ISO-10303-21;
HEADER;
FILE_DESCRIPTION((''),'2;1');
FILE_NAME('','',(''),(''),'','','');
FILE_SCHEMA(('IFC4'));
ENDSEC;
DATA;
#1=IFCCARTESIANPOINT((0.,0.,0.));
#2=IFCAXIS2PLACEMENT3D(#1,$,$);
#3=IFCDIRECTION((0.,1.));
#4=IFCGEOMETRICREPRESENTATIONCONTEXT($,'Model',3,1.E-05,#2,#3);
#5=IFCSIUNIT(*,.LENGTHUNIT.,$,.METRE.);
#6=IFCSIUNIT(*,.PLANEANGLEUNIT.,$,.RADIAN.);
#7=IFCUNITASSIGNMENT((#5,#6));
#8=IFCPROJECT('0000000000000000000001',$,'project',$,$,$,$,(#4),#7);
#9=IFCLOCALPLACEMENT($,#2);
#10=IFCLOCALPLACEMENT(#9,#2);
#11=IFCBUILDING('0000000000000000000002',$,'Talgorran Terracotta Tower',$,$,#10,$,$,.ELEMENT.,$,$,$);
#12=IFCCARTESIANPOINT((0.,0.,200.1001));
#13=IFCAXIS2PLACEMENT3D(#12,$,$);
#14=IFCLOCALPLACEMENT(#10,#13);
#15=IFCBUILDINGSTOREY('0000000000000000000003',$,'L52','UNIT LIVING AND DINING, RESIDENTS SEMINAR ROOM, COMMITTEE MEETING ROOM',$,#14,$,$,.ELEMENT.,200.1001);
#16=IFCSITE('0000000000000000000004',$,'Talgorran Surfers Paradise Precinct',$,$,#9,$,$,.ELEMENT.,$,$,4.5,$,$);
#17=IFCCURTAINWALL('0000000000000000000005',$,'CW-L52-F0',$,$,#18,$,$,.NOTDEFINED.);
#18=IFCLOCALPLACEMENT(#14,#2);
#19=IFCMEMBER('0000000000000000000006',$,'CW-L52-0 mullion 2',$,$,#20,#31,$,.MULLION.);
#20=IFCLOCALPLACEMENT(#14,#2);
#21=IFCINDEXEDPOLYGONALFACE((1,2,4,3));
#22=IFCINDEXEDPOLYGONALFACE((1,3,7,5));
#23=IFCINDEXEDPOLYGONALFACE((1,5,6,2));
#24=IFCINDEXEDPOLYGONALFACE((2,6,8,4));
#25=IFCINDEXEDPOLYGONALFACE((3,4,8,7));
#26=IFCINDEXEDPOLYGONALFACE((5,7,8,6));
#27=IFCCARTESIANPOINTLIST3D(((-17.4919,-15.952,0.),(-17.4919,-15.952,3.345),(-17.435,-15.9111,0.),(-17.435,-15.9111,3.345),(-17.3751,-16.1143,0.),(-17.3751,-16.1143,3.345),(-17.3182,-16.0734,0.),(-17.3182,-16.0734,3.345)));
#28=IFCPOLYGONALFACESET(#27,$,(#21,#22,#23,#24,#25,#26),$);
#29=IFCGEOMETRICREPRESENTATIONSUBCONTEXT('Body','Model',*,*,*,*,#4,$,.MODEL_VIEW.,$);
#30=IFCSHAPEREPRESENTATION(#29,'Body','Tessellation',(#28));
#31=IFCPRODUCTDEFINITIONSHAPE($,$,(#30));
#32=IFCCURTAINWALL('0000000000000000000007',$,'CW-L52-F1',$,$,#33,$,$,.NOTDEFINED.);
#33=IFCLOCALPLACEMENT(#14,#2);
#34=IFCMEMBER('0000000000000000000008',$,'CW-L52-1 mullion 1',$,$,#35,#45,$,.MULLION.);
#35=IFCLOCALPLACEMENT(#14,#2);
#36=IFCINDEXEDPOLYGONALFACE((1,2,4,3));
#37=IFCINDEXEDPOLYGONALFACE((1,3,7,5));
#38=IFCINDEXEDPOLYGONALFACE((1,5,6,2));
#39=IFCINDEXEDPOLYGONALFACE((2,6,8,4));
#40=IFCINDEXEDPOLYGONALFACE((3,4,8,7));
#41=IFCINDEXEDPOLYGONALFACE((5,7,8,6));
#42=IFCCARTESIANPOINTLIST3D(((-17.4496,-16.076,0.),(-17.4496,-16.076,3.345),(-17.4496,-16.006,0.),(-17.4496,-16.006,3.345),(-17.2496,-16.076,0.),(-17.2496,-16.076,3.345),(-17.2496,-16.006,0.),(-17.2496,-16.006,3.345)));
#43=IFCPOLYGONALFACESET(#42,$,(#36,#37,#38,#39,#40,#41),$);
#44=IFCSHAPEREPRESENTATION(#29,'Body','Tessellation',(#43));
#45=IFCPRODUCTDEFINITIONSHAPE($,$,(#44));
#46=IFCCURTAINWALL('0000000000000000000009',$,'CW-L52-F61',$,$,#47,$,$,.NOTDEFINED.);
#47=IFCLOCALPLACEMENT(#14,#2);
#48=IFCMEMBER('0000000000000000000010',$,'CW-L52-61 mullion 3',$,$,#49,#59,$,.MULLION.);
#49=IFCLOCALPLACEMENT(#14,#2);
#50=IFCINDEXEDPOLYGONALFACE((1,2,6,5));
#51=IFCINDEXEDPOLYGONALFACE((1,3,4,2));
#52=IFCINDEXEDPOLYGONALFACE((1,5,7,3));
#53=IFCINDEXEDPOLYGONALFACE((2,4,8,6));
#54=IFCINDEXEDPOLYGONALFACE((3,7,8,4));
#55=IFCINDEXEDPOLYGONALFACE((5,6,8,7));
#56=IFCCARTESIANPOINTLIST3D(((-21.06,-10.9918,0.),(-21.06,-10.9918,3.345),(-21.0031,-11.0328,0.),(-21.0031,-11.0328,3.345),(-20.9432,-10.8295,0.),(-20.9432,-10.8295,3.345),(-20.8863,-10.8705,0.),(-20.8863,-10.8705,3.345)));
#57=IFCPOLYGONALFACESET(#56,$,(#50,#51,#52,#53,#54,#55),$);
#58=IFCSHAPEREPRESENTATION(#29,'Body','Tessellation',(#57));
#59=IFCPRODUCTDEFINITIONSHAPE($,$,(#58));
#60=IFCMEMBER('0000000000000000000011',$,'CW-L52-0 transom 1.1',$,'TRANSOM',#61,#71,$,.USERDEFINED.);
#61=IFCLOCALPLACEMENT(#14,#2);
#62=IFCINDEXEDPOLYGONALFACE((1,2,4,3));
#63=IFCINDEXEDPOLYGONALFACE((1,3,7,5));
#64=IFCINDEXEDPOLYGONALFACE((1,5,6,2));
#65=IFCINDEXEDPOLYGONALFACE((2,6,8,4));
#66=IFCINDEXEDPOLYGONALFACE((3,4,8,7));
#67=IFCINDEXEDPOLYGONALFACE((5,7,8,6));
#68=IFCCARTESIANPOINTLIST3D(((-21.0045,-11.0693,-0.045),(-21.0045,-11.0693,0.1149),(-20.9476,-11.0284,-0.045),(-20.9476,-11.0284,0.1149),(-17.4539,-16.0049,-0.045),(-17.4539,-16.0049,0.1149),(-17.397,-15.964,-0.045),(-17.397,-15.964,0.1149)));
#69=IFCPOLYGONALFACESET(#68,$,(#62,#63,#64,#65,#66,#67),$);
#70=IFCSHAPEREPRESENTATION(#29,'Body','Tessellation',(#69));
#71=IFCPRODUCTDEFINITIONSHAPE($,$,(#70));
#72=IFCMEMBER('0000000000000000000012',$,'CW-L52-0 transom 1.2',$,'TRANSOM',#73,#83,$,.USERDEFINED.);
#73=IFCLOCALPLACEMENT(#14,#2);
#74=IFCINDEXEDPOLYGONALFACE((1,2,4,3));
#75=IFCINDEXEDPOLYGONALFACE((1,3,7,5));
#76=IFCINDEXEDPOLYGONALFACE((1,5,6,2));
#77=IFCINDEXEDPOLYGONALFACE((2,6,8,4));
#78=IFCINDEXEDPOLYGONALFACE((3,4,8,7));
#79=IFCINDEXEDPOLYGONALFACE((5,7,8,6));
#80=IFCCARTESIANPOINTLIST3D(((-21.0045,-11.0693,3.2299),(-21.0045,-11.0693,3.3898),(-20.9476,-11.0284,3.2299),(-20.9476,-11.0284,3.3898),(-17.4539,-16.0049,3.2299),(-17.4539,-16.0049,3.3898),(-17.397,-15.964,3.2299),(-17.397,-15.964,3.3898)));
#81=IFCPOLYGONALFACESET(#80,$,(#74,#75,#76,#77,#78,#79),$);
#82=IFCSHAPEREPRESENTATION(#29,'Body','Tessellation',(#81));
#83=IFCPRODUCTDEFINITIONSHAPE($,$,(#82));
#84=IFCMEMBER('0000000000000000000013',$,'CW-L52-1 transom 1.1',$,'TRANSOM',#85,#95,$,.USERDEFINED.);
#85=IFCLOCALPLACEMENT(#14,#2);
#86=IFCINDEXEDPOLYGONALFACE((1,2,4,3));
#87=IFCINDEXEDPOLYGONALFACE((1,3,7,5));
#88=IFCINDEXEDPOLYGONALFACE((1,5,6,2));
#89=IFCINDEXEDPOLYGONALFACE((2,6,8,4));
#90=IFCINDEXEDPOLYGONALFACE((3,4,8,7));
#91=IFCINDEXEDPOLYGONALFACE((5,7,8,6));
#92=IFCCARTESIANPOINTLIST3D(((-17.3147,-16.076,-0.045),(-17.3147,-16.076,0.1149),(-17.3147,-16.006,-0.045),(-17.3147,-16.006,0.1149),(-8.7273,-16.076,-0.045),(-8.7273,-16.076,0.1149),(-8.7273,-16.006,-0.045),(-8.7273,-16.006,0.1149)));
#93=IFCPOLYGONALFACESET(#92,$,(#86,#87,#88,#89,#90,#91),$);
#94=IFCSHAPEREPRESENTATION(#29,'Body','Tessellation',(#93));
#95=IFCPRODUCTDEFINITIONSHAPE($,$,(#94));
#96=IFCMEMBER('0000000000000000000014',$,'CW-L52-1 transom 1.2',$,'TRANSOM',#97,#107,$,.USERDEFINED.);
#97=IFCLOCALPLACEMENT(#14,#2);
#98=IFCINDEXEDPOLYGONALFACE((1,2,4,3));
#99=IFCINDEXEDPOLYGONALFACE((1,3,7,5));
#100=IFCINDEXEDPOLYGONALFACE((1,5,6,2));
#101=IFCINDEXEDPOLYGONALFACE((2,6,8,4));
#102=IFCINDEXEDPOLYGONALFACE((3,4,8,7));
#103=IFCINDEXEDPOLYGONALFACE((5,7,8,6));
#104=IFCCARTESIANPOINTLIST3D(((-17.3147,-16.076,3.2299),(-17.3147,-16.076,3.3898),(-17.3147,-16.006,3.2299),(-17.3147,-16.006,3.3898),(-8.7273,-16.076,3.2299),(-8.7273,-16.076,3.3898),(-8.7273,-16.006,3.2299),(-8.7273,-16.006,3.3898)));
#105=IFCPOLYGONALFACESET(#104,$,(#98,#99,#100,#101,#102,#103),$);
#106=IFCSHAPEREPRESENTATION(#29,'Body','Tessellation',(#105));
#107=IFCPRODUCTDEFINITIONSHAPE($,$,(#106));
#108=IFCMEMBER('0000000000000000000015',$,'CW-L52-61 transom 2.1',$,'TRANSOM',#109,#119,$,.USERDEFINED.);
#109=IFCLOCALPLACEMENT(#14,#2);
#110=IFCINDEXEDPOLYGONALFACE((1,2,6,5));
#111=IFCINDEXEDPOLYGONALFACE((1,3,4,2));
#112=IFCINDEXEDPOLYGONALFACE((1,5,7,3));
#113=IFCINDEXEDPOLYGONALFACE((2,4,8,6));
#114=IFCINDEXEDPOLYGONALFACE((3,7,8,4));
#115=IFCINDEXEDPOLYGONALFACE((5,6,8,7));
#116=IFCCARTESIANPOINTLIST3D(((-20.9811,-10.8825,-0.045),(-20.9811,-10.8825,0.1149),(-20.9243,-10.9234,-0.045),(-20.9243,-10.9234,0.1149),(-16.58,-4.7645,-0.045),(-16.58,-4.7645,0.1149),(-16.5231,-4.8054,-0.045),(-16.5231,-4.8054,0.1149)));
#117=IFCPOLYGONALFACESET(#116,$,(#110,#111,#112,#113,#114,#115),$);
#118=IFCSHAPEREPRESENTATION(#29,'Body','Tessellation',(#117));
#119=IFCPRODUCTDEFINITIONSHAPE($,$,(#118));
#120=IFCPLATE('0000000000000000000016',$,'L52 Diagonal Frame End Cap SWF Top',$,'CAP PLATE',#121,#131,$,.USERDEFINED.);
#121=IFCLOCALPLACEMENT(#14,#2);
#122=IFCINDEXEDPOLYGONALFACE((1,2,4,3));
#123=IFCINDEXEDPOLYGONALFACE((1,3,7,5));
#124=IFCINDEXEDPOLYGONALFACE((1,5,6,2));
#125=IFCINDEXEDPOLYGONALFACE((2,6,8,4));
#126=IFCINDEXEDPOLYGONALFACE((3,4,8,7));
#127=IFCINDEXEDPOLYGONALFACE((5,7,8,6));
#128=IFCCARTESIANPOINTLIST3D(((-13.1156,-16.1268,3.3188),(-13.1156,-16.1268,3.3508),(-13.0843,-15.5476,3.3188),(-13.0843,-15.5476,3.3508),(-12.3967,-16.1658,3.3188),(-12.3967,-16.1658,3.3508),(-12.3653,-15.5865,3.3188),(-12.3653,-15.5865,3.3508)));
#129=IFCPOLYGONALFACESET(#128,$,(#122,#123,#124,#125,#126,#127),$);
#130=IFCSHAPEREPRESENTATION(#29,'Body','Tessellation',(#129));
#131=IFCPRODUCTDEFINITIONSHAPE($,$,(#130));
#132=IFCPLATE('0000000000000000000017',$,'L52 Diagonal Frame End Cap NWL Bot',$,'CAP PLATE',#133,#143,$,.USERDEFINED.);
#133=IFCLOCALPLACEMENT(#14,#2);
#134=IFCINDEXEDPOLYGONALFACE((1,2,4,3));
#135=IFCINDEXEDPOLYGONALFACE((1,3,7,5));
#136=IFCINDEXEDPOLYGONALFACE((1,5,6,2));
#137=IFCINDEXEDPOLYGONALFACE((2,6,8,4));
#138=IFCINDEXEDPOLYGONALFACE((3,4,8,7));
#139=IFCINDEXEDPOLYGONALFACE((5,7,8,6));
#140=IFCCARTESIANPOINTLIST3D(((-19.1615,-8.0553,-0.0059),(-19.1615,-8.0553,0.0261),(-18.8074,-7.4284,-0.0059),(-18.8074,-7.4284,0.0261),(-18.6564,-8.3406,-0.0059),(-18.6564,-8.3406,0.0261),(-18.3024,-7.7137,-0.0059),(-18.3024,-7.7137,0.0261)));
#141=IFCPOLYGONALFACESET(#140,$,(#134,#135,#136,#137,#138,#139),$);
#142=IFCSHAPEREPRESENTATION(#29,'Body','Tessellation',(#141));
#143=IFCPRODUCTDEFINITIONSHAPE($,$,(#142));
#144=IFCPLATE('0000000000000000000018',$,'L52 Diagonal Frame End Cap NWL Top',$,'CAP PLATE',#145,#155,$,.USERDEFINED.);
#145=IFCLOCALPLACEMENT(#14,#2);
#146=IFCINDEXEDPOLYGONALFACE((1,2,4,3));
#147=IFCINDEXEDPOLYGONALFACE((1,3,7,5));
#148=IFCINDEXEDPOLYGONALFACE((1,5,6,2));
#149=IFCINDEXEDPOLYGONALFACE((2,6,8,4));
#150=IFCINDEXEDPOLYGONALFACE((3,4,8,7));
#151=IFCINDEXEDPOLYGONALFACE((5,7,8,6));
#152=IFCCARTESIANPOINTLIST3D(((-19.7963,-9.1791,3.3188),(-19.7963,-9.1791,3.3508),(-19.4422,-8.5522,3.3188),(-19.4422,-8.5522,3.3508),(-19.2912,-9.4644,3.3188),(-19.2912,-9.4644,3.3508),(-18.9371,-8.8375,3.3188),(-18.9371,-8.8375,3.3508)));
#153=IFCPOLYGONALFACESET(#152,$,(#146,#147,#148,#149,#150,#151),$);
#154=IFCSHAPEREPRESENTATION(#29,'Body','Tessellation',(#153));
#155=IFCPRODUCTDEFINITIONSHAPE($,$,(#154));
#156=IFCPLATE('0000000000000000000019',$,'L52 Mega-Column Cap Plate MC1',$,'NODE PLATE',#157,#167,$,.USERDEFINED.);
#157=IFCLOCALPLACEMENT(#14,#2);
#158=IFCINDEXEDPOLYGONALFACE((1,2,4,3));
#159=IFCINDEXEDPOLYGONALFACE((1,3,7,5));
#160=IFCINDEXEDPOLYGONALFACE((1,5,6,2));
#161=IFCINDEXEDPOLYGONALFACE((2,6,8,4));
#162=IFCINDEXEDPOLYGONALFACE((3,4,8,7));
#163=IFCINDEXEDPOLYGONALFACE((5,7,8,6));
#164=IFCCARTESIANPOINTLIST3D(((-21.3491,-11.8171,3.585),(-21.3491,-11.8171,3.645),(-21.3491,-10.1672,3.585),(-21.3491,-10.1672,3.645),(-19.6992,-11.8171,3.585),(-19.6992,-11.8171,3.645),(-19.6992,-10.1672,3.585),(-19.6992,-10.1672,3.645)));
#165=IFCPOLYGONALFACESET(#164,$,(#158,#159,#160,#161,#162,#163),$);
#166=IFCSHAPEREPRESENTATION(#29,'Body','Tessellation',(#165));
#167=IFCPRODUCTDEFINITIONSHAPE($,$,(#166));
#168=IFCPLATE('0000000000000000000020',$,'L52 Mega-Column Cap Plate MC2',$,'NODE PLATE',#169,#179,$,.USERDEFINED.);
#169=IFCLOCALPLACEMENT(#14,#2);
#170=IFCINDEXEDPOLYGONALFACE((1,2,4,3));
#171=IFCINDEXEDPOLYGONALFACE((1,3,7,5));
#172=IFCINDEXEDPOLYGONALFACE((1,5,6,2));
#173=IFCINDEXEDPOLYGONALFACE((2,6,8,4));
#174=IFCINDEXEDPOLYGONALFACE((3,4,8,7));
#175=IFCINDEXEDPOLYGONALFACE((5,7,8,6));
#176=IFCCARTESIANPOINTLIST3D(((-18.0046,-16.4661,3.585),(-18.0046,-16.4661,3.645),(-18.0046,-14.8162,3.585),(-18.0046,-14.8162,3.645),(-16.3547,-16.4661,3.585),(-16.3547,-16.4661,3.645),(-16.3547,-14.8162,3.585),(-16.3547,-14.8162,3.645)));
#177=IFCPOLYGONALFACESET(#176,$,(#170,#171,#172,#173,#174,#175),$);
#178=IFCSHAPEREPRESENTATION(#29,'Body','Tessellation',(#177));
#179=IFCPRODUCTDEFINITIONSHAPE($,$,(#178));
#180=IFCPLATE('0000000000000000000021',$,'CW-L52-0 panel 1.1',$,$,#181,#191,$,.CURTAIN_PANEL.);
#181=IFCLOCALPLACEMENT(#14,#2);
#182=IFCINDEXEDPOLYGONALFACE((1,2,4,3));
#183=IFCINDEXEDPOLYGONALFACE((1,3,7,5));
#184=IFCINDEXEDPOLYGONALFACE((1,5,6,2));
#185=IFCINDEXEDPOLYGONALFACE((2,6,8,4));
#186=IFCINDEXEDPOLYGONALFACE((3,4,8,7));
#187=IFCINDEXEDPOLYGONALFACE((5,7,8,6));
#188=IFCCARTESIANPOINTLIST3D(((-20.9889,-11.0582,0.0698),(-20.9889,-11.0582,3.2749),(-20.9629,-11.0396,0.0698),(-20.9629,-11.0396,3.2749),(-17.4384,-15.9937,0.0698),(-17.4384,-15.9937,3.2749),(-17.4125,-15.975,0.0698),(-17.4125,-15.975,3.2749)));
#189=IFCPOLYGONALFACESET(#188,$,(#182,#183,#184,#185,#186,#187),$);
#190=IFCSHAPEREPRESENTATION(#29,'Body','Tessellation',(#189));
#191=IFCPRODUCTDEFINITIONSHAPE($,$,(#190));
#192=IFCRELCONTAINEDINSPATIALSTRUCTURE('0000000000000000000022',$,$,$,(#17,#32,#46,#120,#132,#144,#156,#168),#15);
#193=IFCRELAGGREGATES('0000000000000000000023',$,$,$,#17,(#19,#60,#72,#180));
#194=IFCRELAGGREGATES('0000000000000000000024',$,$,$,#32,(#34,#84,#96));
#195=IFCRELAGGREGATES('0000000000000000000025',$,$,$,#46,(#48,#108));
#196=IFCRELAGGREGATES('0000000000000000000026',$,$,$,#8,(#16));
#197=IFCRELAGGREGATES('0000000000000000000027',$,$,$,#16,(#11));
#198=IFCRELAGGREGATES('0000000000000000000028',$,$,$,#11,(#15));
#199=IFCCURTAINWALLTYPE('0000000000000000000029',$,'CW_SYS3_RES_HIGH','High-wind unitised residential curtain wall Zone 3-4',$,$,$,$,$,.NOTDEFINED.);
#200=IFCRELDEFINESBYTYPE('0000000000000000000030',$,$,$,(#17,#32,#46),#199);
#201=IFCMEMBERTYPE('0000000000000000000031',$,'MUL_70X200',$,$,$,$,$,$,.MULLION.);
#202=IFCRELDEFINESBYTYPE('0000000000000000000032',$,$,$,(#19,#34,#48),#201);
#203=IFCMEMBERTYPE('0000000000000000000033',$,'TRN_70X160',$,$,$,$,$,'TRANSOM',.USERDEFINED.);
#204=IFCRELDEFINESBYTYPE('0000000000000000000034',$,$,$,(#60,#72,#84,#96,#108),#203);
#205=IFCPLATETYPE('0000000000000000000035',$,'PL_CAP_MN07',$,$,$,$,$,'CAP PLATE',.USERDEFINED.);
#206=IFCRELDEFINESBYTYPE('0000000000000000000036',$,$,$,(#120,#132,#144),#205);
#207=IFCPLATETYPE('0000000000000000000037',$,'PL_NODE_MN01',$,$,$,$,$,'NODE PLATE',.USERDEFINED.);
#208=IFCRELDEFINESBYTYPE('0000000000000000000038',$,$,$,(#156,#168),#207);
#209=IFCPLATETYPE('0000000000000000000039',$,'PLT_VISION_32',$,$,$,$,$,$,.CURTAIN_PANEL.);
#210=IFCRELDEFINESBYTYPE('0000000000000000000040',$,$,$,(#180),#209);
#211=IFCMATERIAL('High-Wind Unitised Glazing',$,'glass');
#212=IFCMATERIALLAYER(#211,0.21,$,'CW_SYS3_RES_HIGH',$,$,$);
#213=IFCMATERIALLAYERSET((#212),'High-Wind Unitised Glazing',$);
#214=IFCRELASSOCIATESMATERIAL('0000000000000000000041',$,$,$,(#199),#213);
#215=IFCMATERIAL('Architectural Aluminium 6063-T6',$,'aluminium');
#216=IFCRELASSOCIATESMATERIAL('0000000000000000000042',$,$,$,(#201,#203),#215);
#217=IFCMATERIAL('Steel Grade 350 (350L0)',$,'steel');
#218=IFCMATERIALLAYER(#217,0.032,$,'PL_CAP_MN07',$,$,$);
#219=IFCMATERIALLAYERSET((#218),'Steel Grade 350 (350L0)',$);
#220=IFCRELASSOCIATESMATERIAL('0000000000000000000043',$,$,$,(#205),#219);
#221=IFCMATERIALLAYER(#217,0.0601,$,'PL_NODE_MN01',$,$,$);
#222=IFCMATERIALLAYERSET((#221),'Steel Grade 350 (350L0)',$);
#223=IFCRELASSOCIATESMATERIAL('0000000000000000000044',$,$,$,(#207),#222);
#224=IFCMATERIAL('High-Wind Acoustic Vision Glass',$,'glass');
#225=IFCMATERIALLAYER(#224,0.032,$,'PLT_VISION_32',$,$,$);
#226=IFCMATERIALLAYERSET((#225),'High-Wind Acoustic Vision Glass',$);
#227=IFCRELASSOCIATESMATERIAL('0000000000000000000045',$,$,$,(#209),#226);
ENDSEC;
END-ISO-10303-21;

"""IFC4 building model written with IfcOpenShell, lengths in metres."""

from ifc_helpers import new_model, si_unit, direction, frame, origin, origin_2d, place, context, subcontext, project, spatial, rectangle, extrude, source, transform, mapped, material, layer, layer_set, material_profile, profile_set, type_object, type_shapes, element, aggregate, save


model = new_model("IFC4")

# Units and contexts
model_context = context("Model", 3, precision=1e-05, world=origin(), true_north=direction((0.0, 1.0)))
body_context = subcontext(model_context, "Body", "Model", "MODEL_VIEW")
ifc_project = project(units=[si_unit("LENGTHUNIT", "METRE"), si_unit("PLANEANGLEUNIT", "RADIAN")], contexts=[model_context])

# Site, building, storey
site_placement = place(None, origin())
site = spatial("IfcSite", under=ifc_project, at=site_placement, Name="Talgorran Surfers Paradise Precinct", CompositionType="ELEMENT", RefElevation=4.5)
building_placement = place(site_placement, origin())
building = spatial("IfcBuilding", under=site, at=building_placement, Name="Talgorran Terracotta Tower", CompositionType="ELEMENT")
storey_placement = place(building_placement, frame((0.0, 0.0, 200.1001)))
storey = spatial("IfcBuildingStorey", under=building, at=storey_placement, Name="L52", Description="UNIT LIVING AND DINING, RESIDENTS SEMINAR ROOM, COMMITTEE MEETING ROOM", CompositionType="ELEMENT", Elevation=200.1001)

# Shared definitions
ifc_material_1 = material(Name="Steel Grade 350 (350L0)", Category="steel")

# Curtain wall, member
ifc_material_2 = material(Name="High-Wind Unitised Glazing", Category="glass")
ifc_layer_1 = layer(ifc_material_2, 0.21, Name="CW_SYS3_RES_HIGH")
ifc_layer_set_1 = layer_set([ifc_layer_1], Name="High-Wind Unitised Glazing")
curtain_wall_type = type_object("IfcCurtainWallType", Name="CW_SYS3_RES_HIGH", Description="High-wind unitised residential curtain wall Zone 3-4", PredefinedType="NOTDEFINED", material=ifc_layer_set_1)
curtain_wall_1_placement = place(storey_placement, origin())
curtain_wall_1 = element("IfcCurtainWall", 1, at=curtain_wall_1_placement, inside=storey, type_object=curtain_wall_type, Name="CW-L52-F0", PredefinedType="NOTDEFINED")
ifc_material_3 = material(Name="Architectural Aluminium 6063-T6", Category="aluminium")
ifc_material_profile_1 = material_profile(ifc_material_3, rectangle(XDim=0.0701, YDim=0.2, at=origin_2d()), Name="CWM70X200")
ifc_profile_set_1 = profile_set([ifc_material_profile_1], Name="Architectural Aluminium 6063-T6")
member_type_1 = type_object("IfcMemberType", Name="MUL_70X200", PredefinedType="MULLION", material=ifc_profile_set_1)
member_1_placement = place(storey_placement, frame((-17.405, -16.0127, 0.0), z_axis=(0.0, 0.0, 1.0), x_axis=(0.811769, 0.583979, 0.0)))
member_1 = element("IfcMember", 2, at=member_1_placement, type_object=member_type_1, Name="CW-L52-0 mullion 2", PredefinedType="MULLION", context=body_context, shape_type="SweptSolid", body=[
    extrude(rectangle(XDim=0.0701, YDim=0.2, at=origin_2d()), origin(), (0.0, 0.0, 1.0), 3.345),
])

# Curtain walls, members
curtain_wall_2_placement = place(storey_placement, origin())
curtain_wall_2 = element("IfcCurtainWall", 3, at=curtain_wall_2_placement, inside=storey, type_object=curtain_wall_type, Name="CW-L52-F1", PredefinedType="NOTDEFINED")
member_2_placement = place(storey_placement, frame((-17.3496, -16.041, 0.0), z_axis=(0.0, 0.0, 1.0), x_axis=(0.0, 1.0, 0.0)))
member_2 = element("IfcMember", 4, at=member_2_placement, type_object=member_type_1, Name="CW-L52-1 mullion 1", PredefinedType="MULLION", context=body_context, shape_type="SweptSolid", body=[
    extrude(rectangle(XDim=0.0701, YDim=0.2, at=origin_2d()), origin(), (0.0, 0.0, 1.0), 3.345),
])
curtain_wall_3_placement = place(storey_placement, origin())
curtain_wall_3 = element("IfcCurtainWall", 5, at=curtain_wall_3_placement, inside=storey, type_object=curtain_wall_type, Name="CW-L52-F61", PredefinedType="NOTDEFINED")
member_3_placement = place(storey_placement, frame((-20.9731, -10.9312, 0.0), z_axis=(0.0, 0.0, 1.0), x_axis=(0.811767, -0.583982, 0.0)))
member_3 = element("IfcMember", 6, at=member_3_placement, type_object=member_type_1, Name="CW-L52-61 mullion 3", PredefinedType="MULLION", context=body_context, shape_type="SweptSolid", body=[
    extrude(rectangle(XDim=0.0701, YDim=0.2, at=origin_2d()), origin(), (0.0, 0.0, 1.0), 3.345),
])

# Members
ifc_material_profile_2 = material_profile(ifc_material_3, rectangle(XDim=0.0701, YDim=0.1599, at=origin_2d()), Name="CWT70X160")
ifc_profile_set_2 = profile_set([ifc_material_profile_2], Name="Architectural Aluminium 6063-T6")
member_type_2 = type_object("IfcMemberType", Name="TRN_70X160", ElementType="TRANSOM", PredefinedType="USERDEFINED", material=ifc_profile_set_2)
member_4_placement = place(storey_placement, frame((-20.9761, -11.0488, 0.0349), z_axis=(0.583974, -0.811773, 0.0), x_axis=(0.811773, 0.583974, 0.0)))
member_4 = element("IfcMember", 7, at=member_4_placement, type_object=member_type_2, Name="CW-L52-0 transom 1.1", ObjectType="TRANSOM", PredefinedType="USERDEFINED", context=body_context, shape_type="SweptSolid", body=[
    extrude(rectangle(XDim=0.0701, YDim=0.1599, at=origin_2d()), origin(), (0.0, 0.0, 1.0), 6.0801),
])
member_5_placement = place(storey_placement, frame((-20.9761, -11.0488, 3.3098), z_axis=(0.583974, -0.811773, 0.0), x_axis=(0.811773, 0.583974, 0.0)))
member_5 = element("IfcMember", 8, at=member_5_placement, type_object=member_type_2, Name="CW-L52-0 transom 1.2", ObjectType="TRANSOM", PredefinedType="USERDEFINED", context=body_context, shape_type="SweptSolid", body=[
    extrude(rectangle(XDim=0.0701, YDim=0.1599, at=origin_2d()), origin(), (0.0, 0.0, 1.0), 6.0801),
])
member_6_placement = place(storey_placement, frame((-17.3147, -16.041, 0.0349), z_axis=(1.0, 0.0, 0.0), x_axis=(0.0, 1.0, 0.0)))
member_6 = element("IfcMember", 9, at=member_6_placement, type_object=member_type_2, Name="CW-L52-1 transom 1.1", ObjectType="TRANSOM", PredefinedType="USERDEFINED", context=body_context, shape_type="SweptSolid", body=[
    extrude(rectangle(XDim=0.0701, YDim=0.1599, at=origin_2d()), origin(), (0.0, 0.0, 1.0), 8.5874),
])
member_7_placement = place(storey_placement, frame((-17.3147, -16.041, 3.3098), z_axis=(1.0, 0.0, 0.0), x_axis=(0.0, 1.0, 0.0)))
member_7 = element("IfcMember", 10, at=member_7_placement, type_object=member_type_2, Name="CW-L52-1 transom 1.2", ObjectType="TRANSOM", PredefinedType="USERDEFINED", context=body_context, shape_type="SweptSolid", body=[
    extrude(rectangle(XDim=0.0701, YDim=0.1599, at=origin_2d()), origin(), (0.0, 0.0, 1.0), 8.5874),
])
member_8_placement = place(storey_placement, frame((-16.5515, -4.7849, 0.0349), z_axis=(-0.583974, -0.811772, 0.0), x_axis=(0.811772, -0.583974, 0.0)))
member_8 = element("IfcMember", 11, at=member_8_placement, type_object=member_type_2, Name="CW-L52-61 transom 2.1", ObjectType="TRANSOM", PredefinedType="USERDEFINED", context=body_context, shape_type="SweptSolid", body=[
    extrude(rectangle(XDim=0.0701, YDim=0.1599, at=origin_2d()), origin(), (0.0, 0.0, 1.0), 7.5366),
])

# Plates
ifc_layer_2 = layer(ifc_material_1, 0.032, Name="PL_CAP_MN07")
ifc_layer_set_2 = layer_set([ifc_layer_2], Name="Steel Grade 350 (350L0)")
plate_type_1 = type_object("IfcPlateType", Name="PL_CAP_MN07", ElementType="CAP PLATE", PredefinedType="USERDEFINED", material=ifc_layer_set_2)
for number, where, z_axis, x_axis, name in (
    (12, (-12.7405, -15.8567, 3.3188), (0.0, 0.0, 1.0), (-0.998537, 0.054079, 0.0), "L52 Diagonal Frame End Cap SWF Top"),
    (13, (-18.7319, -7.8845, -0.0059), (0.0, 0.0, 1.0), (-0.491816, -0.870699, 0.0), "L52 Diagonal Frame End Cap NWL Bot"),
    (14, (-19.3667, -9.0083, 3.3188), (0.0, 0.0, 1.0), (-0.491816, -0.870699, 0.0), "L52 Diagonal Frame End Cap NWL Top"),
):
    element("IfcPlate", number, at=place(storey_placement, frame(where, z_axis=z_axis, x_axis=x_axis)), inside=storey, type_object=plate_type_1, Name=name, ObjectType="CAP PLATE", PredefinedType="USERDEFINED", context=body_context, shape_type="SweptSolid", body=[
        extrude(rectangle(XDim=0.72, YDim=0.5801, at=origin_2d()), origin(), (0.0, 0.0, 1.0), 0.032),
    ])
ifc_layer_3 = layer(ifc_material_1, 0.0601, Name="PL_NODE_MN01")
ifc_layer_set_3 = layer_set([ifc_layer_3], Name="Steel Grade 350 (350L0)")
plate_type_2 = type_object("IfcPlateType", Name="PL_NODE_MN01", ElementType="NODE PLATE", PredefinedType="USERDEFINED", material=ifc_layer_set_3)
for number, where, z_axis, x_axis, name in (
    (15, (-20.5242, -10.9922, 3.585), (0.0, 0.0, 1.0), (1.0, 0.0, 0.0), "L52 Mega-Column Cap Plate MC1"),
    (16, (-17.1797, -15.6411, 3.585), (0.0, 0.0, 1.0), (1.0, 0.0, 0.0), "L52 Mega-Column Cap Plate MC2"),
):
    element("IfcPlate", number, at=place(storey_placement, frame(where, z_axis=z_axis, x_axis=x_axis)), inside=storey, type_object=plate_type_2, Name=name, ObjectType="NODE PLATE", PredefinedType="USERDEFINED", context=body_context, shape_type="SweptSolid", body=[
        extrude(rectangle(XDim=1.6499, YDim=1.6499, at=origin_2d()), origin(), (0.0, 0.0, 1.0), 0.0601),
    ])

# Plate
ifc_material_4 = material(Name="High-Wind Acoustic Vision Glass", Category="glass")
ifc_layer_4 = layer(ifc_material_4, 0.032, Name="PLT_VISION_32")
ifc_layer_set_4 = layer_set([ifc_layer_4], Name="High-Wind Acoustic Vision Glass")
plate_type_3 = type_object("IfcPlateType", Name="PLT_VISION_32", PredefinedType="CURTAIN_PANEL", material=ifc_layer_set_4)
shared_shape_1 = source(origin(), body_context, "Body", "SweptSolid", [
    extrude(rectangle(XDim=6.0798, YDim=0.032, at=origin_2d()), origin(), (0.0, 0.0, 1.0), 3.2051),
])
type_shapes(plate_type_3, [shared_shape_1])
plate_1_placement = place(storey_placement, frame((-19.2007, -13.5166, 0.0698), z_axis=(0.0, 0.0, 1.0), x_axis=(0.583979, -0.811769, 0.0)))
plate_1 = element("IfcPlate", 17, at=plate_1_placement, type_object=plate_type_3, Name="CW-L52-0 panel 1.1", PredefinedType="CURTAIN_PANEL", context=body_context, shape_type="MappedRepresentation", body=[
    mapped(shared_shape_1, transform((0.0, 0.0, 0.0), scale=1.0)),
])
aggregate(curtain_wall_1, [member_1, member_4, member_5, plate_1])
aggregate(curtain_wall_2, [member_2, member_6, member_7])
aggregate(curtain_wall_3, [member_3, member_8])

save(model, "model.ifc")
